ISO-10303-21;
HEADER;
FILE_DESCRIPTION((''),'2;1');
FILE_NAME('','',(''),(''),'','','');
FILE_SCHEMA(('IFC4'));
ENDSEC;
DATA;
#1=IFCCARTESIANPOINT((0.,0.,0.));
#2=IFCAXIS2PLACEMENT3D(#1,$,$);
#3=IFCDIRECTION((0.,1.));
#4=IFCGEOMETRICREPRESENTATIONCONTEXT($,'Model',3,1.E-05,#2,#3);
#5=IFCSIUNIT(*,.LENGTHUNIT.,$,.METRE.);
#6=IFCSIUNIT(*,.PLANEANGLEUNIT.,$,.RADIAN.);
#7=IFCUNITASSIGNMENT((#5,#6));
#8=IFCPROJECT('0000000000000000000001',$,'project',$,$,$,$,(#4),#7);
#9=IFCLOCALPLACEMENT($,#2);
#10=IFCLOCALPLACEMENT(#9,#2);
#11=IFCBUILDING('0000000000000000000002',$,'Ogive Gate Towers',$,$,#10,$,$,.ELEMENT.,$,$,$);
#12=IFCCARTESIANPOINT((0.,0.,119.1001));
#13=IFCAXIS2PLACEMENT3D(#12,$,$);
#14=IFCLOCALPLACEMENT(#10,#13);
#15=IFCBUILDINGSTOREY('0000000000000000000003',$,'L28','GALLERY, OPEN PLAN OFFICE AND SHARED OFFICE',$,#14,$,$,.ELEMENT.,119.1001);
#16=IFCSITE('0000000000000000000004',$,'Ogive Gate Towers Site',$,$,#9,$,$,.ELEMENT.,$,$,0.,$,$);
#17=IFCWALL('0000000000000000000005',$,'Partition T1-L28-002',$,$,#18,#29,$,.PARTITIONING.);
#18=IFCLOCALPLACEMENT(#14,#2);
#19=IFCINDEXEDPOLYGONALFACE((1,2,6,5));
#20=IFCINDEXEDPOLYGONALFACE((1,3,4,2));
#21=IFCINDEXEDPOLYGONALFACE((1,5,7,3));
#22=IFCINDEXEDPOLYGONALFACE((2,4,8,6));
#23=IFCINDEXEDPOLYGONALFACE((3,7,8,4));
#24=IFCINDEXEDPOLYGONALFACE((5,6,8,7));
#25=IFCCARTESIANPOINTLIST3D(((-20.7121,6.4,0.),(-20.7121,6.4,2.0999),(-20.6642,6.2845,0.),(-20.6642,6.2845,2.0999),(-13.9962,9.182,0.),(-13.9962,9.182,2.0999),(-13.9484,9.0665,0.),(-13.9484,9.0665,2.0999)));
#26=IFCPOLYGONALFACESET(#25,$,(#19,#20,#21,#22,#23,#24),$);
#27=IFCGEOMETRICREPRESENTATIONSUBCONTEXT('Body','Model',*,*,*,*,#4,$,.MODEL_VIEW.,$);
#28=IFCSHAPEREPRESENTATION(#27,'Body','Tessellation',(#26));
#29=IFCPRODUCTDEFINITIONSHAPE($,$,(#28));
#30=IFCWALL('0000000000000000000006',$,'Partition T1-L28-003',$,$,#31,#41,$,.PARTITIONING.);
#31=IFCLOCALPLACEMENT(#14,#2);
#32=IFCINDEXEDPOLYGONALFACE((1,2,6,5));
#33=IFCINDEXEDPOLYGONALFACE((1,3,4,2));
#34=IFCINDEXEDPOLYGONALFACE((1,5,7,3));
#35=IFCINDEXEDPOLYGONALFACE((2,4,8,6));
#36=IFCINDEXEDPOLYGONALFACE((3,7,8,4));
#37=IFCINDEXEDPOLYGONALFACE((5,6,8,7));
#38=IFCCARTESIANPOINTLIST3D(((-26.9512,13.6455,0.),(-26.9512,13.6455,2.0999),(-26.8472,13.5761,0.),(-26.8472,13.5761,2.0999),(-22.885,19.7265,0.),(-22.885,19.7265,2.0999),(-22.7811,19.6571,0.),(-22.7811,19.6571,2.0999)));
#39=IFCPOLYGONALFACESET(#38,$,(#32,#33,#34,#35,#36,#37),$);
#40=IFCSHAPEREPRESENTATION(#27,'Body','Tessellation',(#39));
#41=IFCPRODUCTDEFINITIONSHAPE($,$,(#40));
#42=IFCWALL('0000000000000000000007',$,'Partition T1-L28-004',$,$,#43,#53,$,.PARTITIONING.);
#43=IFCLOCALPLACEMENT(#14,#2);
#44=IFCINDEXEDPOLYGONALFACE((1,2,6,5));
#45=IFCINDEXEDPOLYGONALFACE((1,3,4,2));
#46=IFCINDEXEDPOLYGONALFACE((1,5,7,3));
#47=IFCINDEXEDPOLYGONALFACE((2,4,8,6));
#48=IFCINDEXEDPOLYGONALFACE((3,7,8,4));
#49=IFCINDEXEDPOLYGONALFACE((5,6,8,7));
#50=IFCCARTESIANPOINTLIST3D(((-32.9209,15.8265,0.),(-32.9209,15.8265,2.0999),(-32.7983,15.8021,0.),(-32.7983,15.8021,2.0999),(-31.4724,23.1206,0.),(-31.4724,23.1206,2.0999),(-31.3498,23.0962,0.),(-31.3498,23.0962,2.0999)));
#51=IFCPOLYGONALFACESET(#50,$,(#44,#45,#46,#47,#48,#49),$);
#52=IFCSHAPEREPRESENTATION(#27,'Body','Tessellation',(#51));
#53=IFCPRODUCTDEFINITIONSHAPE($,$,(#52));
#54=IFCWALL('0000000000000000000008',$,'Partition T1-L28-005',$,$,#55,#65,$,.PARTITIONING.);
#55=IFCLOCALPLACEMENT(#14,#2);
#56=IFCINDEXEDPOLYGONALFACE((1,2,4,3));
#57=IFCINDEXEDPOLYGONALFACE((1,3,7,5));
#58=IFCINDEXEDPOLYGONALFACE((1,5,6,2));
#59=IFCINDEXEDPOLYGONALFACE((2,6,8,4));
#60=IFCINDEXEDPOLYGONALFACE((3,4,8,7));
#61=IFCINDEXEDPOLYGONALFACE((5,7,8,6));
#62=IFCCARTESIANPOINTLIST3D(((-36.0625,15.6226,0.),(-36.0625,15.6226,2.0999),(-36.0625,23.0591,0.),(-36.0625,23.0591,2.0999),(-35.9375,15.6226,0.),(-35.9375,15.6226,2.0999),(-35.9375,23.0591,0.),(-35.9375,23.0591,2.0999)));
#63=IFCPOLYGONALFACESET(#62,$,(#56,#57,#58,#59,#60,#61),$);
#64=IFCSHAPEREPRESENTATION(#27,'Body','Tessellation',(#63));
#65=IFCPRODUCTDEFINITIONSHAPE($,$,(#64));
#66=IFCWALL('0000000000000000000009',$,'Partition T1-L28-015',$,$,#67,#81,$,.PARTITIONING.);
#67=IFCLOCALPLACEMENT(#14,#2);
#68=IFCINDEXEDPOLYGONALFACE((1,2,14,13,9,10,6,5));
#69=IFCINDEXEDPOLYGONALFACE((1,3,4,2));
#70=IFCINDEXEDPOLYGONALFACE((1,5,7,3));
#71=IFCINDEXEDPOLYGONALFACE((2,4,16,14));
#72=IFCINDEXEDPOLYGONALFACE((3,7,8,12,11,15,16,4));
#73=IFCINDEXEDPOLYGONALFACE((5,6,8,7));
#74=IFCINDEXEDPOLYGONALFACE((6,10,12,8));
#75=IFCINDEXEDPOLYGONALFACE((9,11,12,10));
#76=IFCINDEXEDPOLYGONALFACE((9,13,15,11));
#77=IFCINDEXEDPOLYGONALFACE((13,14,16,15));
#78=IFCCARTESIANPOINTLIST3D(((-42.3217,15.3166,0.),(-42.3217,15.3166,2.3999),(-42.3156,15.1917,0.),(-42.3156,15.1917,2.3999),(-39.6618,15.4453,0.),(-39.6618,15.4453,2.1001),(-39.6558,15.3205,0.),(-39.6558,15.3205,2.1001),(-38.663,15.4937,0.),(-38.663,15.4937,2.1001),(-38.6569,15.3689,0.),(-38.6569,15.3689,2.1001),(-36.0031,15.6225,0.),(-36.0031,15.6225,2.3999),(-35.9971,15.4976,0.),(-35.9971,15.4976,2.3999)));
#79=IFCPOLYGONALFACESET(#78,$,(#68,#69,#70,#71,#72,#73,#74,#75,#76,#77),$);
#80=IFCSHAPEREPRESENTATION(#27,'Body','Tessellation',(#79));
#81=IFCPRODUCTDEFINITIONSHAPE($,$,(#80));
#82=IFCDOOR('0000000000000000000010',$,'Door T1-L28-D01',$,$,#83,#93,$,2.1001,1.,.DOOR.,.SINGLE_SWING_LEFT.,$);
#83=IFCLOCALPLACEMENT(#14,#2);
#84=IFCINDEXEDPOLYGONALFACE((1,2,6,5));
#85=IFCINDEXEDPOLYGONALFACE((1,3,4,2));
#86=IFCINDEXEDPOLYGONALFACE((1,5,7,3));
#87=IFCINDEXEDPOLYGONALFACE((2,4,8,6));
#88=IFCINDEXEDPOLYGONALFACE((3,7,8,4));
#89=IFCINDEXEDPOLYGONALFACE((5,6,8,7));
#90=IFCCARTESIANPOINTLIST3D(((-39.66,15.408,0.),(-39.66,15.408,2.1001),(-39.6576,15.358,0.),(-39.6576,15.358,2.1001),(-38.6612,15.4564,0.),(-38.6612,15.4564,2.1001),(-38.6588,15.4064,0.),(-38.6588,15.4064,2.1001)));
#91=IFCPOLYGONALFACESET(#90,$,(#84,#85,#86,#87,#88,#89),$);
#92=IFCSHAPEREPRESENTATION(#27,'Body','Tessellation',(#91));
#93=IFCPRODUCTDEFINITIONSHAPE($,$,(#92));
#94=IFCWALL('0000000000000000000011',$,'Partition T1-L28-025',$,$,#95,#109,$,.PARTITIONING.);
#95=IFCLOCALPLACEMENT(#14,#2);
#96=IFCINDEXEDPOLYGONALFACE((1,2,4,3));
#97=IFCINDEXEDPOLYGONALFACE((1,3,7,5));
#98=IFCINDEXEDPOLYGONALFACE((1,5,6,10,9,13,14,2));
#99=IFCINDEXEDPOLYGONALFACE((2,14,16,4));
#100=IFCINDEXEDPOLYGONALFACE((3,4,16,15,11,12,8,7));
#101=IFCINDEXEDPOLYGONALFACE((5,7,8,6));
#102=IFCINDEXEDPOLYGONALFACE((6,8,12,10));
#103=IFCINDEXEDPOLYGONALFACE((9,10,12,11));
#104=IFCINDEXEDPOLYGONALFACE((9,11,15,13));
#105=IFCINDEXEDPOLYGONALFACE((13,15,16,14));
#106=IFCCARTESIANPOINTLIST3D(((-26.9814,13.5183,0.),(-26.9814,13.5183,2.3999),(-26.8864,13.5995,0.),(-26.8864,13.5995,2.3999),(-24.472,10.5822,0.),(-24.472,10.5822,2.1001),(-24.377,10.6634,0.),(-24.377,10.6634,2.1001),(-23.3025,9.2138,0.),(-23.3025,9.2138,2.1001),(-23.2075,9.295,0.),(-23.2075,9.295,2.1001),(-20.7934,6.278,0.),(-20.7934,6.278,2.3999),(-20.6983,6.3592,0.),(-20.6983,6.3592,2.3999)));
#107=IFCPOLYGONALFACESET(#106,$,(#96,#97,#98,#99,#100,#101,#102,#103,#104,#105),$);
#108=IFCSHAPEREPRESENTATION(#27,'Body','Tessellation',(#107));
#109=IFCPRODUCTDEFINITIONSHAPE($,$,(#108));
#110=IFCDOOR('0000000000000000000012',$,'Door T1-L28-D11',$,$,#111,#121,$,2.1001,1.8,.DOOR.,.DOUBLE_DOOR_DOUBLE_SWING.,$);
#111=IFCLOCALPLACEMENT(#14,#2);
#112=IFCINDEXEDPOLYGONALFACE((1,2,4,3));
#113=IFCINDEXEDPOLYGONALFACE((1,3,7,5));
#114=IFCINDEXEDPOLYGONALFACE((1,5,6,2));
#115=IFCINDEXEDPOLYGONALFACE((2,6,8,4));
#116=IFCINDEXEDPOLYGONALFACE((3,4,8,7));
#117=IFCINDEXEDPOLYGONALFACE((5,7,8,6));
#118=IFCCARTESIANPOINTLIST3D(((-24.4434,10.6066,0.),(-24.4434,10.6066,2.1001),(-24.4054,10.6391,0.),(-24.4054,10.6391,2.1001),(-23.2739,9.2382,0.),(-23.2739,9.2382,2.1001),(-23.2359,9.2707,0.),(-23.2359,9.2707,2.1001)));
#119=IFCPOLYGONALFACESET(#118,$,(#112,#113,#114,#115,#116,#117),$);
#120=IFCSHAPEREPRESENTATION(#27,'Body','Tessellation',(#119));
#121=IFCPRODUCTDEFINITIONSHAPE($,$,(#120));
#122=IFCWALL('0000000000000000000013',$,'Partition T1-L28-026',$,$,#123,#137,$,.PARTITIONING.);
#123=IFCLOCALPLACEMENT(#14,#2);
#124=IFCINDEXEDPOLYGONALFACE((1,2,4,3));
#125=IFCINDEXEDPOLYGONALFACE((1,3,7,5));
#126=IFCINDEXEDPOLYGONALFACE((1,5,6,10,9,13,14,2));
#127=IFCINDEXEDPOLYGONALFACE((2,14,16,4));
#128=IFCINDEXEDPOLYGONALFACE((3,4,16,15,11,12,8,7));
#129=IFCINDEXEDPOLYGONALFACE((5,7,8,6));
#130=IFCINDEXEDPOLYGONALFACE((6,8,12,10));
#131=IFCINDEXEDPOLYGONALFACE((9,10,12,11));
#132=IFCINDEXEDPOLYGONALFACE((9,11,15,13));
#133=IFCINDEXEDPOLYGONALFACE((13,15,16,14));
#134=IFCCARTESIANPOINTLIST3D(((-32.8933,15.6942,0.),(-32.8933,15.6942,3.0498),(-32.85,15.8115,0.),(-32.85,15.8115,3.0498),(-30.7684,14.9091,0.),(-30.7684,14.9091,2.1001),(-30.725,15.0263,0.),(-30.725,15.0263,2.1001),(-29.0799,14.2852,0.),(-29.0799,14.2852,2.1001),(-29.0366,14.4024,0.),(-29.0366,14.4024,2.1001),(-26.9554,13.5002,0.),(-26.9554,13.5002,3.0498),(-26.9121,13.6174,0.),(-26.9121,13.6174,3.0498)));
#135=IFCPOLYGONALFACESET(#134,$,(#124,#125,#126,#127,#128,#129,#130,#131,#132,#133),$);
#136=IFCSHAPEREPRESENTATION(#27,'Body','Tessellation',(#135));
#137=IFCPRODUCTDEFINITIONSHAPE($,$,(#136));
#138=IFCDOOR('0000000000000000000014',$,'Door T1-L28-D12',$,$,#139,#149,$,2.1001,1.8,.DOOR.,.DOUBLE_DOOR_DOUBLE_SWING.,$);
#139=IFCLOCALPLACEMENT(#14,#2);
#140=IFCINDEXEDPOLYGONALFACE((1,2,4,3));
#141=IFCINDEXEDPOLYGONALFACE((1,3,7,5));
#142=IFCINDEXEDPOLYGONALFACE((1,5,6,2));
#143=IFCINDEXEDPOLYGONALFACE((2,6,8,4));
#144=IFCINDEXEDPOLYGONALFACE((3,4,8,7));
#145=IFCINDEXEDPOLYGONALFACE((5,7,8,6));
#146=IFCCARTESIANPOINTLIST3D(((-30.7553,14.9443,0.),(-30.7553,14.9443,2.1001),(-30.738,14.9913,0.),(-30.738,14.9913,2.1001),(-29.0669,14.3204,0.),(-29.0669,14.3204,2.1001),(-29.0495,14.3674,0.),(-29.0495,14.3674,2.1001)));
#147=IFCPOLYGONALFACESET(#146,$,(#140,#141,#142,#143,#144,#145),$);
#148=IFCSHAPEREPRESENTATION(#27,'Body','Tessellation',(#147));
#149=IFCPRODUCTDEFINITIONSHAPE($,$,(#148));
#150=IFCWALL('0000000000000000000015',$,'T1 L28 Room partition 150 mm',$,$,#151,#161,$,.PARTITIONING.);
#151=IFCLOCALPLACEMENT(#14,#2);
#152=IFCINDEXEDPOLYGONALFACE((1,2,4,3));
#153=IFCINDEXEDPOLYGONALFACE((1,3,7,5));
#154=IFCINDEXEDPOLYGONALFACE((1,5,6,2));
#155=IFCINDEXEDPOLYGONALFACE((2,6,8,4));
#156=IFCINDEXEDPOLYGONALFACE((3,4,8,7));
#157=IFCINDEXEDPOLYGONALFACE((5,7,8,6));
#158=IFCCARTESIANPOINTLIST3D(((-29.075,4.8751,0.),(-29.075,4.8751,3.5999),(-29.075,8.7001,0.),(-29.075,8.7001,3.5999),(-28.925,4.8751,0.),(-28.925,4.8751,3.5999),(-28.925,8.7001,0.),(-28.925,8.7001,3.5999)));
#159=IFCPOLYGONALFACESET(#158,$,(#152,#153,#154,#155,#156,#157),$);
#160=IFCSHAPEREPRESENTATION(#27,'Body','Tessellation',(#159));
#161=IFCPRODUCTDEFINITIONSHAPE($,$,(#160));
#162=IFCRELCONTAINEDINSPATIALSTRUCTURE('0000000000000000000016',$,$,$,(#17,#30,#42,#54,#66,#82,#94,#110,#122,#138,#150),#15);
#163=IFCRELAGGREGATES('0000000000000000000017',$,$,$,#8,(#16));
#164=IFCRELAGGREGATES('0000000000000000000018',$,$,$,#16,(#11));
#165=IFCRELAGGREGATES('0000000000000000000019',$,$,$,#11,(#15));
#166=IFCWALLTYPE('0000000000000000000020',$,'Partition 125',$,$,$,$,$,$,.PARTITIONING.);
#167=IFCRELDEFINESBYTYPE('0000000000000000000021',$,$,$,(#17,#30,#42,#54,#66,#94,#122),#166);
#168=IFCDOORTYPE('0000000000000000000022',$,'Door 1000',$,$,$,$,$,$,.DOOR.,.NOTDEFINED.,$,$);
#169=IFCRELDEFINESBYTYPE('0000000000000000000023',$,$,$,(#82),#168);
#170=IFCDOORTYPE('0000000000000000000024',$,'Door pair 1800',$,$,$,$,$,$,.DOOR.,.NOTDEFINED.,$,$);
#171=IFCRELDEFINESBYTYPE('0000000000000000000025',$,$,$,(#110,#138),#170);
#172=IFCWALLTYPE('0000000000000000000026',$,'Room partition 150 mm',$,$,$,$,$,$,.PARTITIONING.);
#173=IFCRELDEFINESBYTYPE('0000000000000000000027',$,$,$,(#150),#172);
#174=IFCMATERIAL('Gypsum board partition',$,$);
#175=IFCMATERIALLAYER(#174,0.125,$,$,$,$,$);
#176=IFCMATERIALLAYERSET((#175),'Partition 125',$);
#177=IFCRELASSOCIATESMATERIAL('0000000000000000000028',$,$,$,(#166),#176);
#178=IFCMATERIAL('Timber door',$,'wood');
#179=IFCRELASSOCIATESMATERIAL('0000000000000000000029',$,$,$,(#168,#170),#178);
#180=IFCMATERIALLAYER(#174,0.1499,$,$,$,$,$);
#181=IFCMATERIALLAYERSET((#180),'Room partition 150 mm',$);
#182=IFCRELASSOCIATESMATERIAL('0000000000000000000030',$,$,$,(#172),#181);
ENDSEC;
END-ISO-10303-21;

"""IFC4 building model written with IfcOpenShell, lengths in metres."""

from ifc_helpers import new_model, si_unit, direction, frame, frame_2d, origin, place, context, subcontext, project, spatial, rectangle, extrude, material, layer, layer_set, type_object, element, fill, save


model = new_model("IFC4")

# Units and contexts
model_context = context("Model", 3, precision=1e-05, world=origin(), true_north=direction((0.0, 1.0)))
body_context = subcontext(model_context, "Body", "Model", "MODEL_VIEW")
ifc_project = project(units=[si_unit("LENGTHUNIT", "METRE"), si_unit("PLANEANGLEUNIT", "RADIAN")], contexts=[model_context])

# Site, building, storey
site_placement = place(None, origin())
site = spatial("IfcSite", under=ifc_project, at=site_placement, Name="Ogive Gate Towers Site", CompositionType="ELEMENT", RefElevation=0.0)
building_placement = place(site_placement, origin())
building = spatial("IfcBuilding", under=site, at=building_placement, Name="Ogive Gate Towers", CompositionType="ELEMENT")
storey_placement = place(building_placement, frame((0.0, 0.0, 119.1001)))
storey = spatial("IfcBuildingStorey", under=building, at=storey_placement, Name="L28", Description="GALLERY, OPEN PLAN OFFICE AND SHARED OFFICE", CompositionType="ELEMENT", Elevation=119.1001)

# Walls
ifc_material_1 = material(Name="Gypsum board partition")
ifc_layer_1 = layer(ifc_material_1, 0.125)
ifc_layer_set_1 = layer_set([ifc_layer_1], Name="Partition 125")
wall_type_1 = type_object("IfcWallType", Name="Partition 125", PredefinedType="PARTITIONING", material=ifc_layer_set_1)
wall_1_placement = place(storey_placement, frame((-13.9722, 9.1243, 0.0), z_axis=(0.0, 0.0, 1.0), x_axis=(-0.92387, -0.382707, 0.0)))
element("IfcWall", 1, at=wall_1_placement, inside=storey, type_object=wall_type_1, Name="Partition T1-L28-002", PredefinedType="PARTITIONING", context=body_context, shape_type="SweptSolid", body=[
    extrude(rectangle(XDim=7.2693, YDim=0.125, at=frame_2d((3.6348, 0.0))), origin(), (0.0, 0.0, 1.0), 2.0999),
])
wall_2_placement = place(storey_placement, frame((-22.833, 19.6919, 0.0), z_axis=(0.0, 0.0, 1.0), x_axis=(-0.555847, -0.831284, 0.0)))
element("IfcWall", 2, at=wall_2_placement, inside=storey, type_object=wall_type_1, Name="Partition T1-L28-003", PredefinedType="PARTITIONING", context=body_context, shape_type="SweptSolid", body=[
    extrude(rectangle(XDim=7.3152, YDim=0.125, at=frame_2d((3.6577, 0.0))), origin(), (0.0, 0.0, 1.0), 2.0999),
])
for number, where, z_axis, x_axis, name in (
    (3, (-31.4111, 23.1084, 0.0), (0.0, 0.0, 1.0), (-0.194778, -0.980847, 0.0), "Partition T1-L28-004"),
    (4, (-36.0, 23.0591, 0.0), (0.0, 0.0, 1.0), (0.0, -1.0, 0.0), "Partition T1-L28-005"),
):
    element("IfcWall", number, at=place(storey_placement, frame(where, z_axis=z_axis, x_axis=x_axis)), inside=storey, type_object=wall_type_1, Name=name, PredefinedType="PARTITIONING", context=body_context, shape_type="SweptSolid", body=[
        extrude(rectangle(XDim=7.4365, YDim=0.125, at=frame_2d((3.7183, 0.0))), origin(), (0.0, 0.0, 1.0), 2.0999),
    ])

# Walls, openings, doors
wall_3_placement = place(storey_placement, frame((-36.0, 15.5601, 0.0), z_axis=(0.0, 0.0, 1.0), x_axis=(-0.99883, -0.048357, 0.0)))
wall_3 = element("IfcWall", 5, at=wall_3_placement, inside=storey, type_object=wall_type_1, Name="Partition T1-L28-015", PredefinedType="PARTITIONING", context=body_context, shape_type="SweptSolid", body=[
    extrude(rectangle(XDim=6.3259, YDim=0.125, at=frame_2d((3.1631, 0.0))), origin(), (0.0, 0.0, 1.0), 2.3999),
])
opening_1_placement = place(wall_3_placement, frame((2.6631, 0.0, 0.0)))
opening_1 = element("IfcOpeningElement", 6, at=opening_1_placement, cuts=wall_3, PredefinedType="OPENING", context=body_context, shape_type="SweptSolid", body=[
    extrude(rectangle(XDim=1.0, YDim=2.1001, at=frame_2d((0.5, 1.05))), frame((0.0, 0.0725, 0.0), z_axis=(0.0, -1.0, 0.0), x_axis=(1.0, 0.0, 0.0)), (0.0, 0.0, 1.0), 0.145),
])
ifc_material_2 = material(Name="Timber door", Category="wood")
door_type_1 = type_object("IfcDoorType", Name="Door 1000", OperationType="NOTDEFINED", PredefinedType="DOOR", material=ifc_material_2)
door_1_placement = place(opening_1_placement, origin())
door_1 = element("IfcDoor", 7, at=door_1_placement, inside=storey, type_object=door_type_1, Name="Door T1-L28-D01", OperationType="SINGLE_SWING_LEFT", OverallHeight=2.1001, OverallWidth=1.0, PredefinedType="DOOR", context=body_context, shape_type="SweptSolid", body=[
    extrude(rectangle(XDim=1.0, YDim=2.1001, at=frame_2d((0.5, 1.05))), frame((0.0, 0.0249, 0.0), z_axis=(0.0, -1.0, 0.0), x_axis=(1.0, 0.0, 0.0)), (0.0, 0.0, 1.0), 0.05),
])
fill(opening_1, door_1)
wall_4_placement = place(storey_placement, frame((-20.7458, 6.3186, 0.0), z_axis=(0.0, 0.0, 1.0), x_axis=(-0.649706, 0.760186, 0.0)))
wall_4 = element("IfcWall", 8, at=wall_4_placement, inside=storey, type_object=wall_type_1, Name="Partition T1-L28-025", PredefinedType="PARTITIONING", context=body_context, shape_type="SweptSolid", body=[
    extrude(rectangle(XDim=9.5244, YDim=0.125, at=frame_2d((4.7622, 0.0))), origin(), (0.0, 0.0, 1.0), 2.3999),
])
opening_2_placement = place(wall_4_placement, frame((3.8621, 0.0, 0.0)))
opening_2 = element("IfcOpeningElement", 9, at=opening_2_placement, cuts=wall_4, PredefinedType="OPENING", context=body_context, shape_type="SweptSolid", body=[
    extrude(rectangle(XDim=1.8, YDim=2.1001, at=frame_2d((0.8999, 1.05))), frame((0.0, 0.0725, 0.0), z_axis=(0.0, -1.0, 0.0), x_axis=(1.0, 0.0, 0.0)), (0.0, 0.0, 1.0), 0.145),
])
door_type_2 = type_object("IfcDoorType", Name="Door pair 1800", OperationType="NOTDEFINED", PredefinedType="DOOR", material=ifc_material_2)
door_2_placement = place(opening_2_placement, origin())
door_2 = element("IfcDoor", 10, at=door_2_placement, inside=storey, type_object=door_type_2, Name="Door T1-L28-D11", OperationType="DOUBLE_DOOR_DOUBLE_SWING", OverallHeight=2.1001, OverallWidth=1.8, PredefinedType="DOOR", context=body_context, shape_type="SweptSolid", body=[
    extrude(rectangle(XDim=1.8, YDim=2.1001, at=frame_2d((0.8999, 1.05))), frame((0.0, 0.0249, 0.0), z_axis=(0.0, -1.0, 0.0), x_axis=(1.0, 0.0, 0.0)), (0.0, 0.0, 1.0), 0.05),
])
fill(opening_2, door_2)
wall_5_placement = place(storey_placement, frame((-26.9338, 13.5588, 0.0), z_axis=(0.0, 0.0, 1.0), x_axis=(-0.938014, 0.346597, 0.0)))
wall_5 = element("IfcWall", 11, at=wall_5_placement, inside=storey, type_object=wall_type_1, Name="Partition T1-L28-026", PredefinedType="PARTITIONING", context=body_context, shape_type="SweptSolid", body=[
    extrude(rectangle(XDim=6.3303, YDim=0.125, at=frame_2d((3.165, 0.0))), origin(), (0.0, 0.0, 1.0), 3.0498),
])
opening_3_placement = place(wall_5_placement, frame((2.2649, 0.0, 0.0)))
opening_3 = element("IfcOpeningElement", 12, at=opening_3_placement, cuts=wall_5, PredefinedType="OPENING", context=body_context, shape_type="SweptSolid", body=[
    extrude(rectangle(XDim=1.8, YDim=2.1001, at=frame_2d((0.8999, 1.05))), frame((0.0, 0.0725, 0.0), z_axis=(0.0, -1.0, 0.0), x_axis=(1.0, 0.0, 0.0)), (0.0, 0.0, 1.0), 0.145),
])
door_3_placement = place(opening_3_placement, origin())
door_3 = element("IfcDoor", 13, at=door_3_placement, inside=storey, type_object=door_type_2, Name="Door T1-L28-D12", OperationType="DOUBLE_DOOR_DOUBLE_SWING", OverallHeight=2.1001, OverallWidth=1.8, PredefinedType="DOOR", context=body_context, shape_type="SweptSolid", body=[
    extrude(rectangle(XDim=1.8, YDim=2.1001, at=frame_2d((0.8999, 1.05))), frame((0.0, 0.0249, 0.0), z_axis=(0.0, -1.0, 0.0), x_axis=(1.0, 0.0, 0.0)), (0.0, 0.0, 1.0), 0.05),
])
fill(opening_3, door_3)

# Wall
ifc_layer_2 = layer(ifc_material_1, 0.1499)
ifc_layer_set_2 = layer_set([ifc_layer_2], Name="Room partition 150 mm")
wall_type_2 = type_object("IfcWallType", Name="Room partition 150 mm", PredefinedType="PARTITIONING", material=ifc_layer_set_2)
wall_6_placement = place(storey_placement, frame((-29.0, 4.875, 0.0), z_axis=(0.0, 0.0, 1.0), x_axis=(0.0, 1.0, 0.0)))
element("IfcWall", 14, at=wall_6_placement, inside=storey, type_object=wall_type_2, Name="T1 L28 Room partition 150 mm", PredefinedType="PARTITIONING", context=body_context, shape_type="SweptSolid", body=[
    extrude(rectangle(XDim=3.825, YDim=0.1499, at=frame_2d((1.9126, 0.0))), origin(), (0.0, 0.0, 1.0), 3.5999),
])

save(model, "model.ifc")
